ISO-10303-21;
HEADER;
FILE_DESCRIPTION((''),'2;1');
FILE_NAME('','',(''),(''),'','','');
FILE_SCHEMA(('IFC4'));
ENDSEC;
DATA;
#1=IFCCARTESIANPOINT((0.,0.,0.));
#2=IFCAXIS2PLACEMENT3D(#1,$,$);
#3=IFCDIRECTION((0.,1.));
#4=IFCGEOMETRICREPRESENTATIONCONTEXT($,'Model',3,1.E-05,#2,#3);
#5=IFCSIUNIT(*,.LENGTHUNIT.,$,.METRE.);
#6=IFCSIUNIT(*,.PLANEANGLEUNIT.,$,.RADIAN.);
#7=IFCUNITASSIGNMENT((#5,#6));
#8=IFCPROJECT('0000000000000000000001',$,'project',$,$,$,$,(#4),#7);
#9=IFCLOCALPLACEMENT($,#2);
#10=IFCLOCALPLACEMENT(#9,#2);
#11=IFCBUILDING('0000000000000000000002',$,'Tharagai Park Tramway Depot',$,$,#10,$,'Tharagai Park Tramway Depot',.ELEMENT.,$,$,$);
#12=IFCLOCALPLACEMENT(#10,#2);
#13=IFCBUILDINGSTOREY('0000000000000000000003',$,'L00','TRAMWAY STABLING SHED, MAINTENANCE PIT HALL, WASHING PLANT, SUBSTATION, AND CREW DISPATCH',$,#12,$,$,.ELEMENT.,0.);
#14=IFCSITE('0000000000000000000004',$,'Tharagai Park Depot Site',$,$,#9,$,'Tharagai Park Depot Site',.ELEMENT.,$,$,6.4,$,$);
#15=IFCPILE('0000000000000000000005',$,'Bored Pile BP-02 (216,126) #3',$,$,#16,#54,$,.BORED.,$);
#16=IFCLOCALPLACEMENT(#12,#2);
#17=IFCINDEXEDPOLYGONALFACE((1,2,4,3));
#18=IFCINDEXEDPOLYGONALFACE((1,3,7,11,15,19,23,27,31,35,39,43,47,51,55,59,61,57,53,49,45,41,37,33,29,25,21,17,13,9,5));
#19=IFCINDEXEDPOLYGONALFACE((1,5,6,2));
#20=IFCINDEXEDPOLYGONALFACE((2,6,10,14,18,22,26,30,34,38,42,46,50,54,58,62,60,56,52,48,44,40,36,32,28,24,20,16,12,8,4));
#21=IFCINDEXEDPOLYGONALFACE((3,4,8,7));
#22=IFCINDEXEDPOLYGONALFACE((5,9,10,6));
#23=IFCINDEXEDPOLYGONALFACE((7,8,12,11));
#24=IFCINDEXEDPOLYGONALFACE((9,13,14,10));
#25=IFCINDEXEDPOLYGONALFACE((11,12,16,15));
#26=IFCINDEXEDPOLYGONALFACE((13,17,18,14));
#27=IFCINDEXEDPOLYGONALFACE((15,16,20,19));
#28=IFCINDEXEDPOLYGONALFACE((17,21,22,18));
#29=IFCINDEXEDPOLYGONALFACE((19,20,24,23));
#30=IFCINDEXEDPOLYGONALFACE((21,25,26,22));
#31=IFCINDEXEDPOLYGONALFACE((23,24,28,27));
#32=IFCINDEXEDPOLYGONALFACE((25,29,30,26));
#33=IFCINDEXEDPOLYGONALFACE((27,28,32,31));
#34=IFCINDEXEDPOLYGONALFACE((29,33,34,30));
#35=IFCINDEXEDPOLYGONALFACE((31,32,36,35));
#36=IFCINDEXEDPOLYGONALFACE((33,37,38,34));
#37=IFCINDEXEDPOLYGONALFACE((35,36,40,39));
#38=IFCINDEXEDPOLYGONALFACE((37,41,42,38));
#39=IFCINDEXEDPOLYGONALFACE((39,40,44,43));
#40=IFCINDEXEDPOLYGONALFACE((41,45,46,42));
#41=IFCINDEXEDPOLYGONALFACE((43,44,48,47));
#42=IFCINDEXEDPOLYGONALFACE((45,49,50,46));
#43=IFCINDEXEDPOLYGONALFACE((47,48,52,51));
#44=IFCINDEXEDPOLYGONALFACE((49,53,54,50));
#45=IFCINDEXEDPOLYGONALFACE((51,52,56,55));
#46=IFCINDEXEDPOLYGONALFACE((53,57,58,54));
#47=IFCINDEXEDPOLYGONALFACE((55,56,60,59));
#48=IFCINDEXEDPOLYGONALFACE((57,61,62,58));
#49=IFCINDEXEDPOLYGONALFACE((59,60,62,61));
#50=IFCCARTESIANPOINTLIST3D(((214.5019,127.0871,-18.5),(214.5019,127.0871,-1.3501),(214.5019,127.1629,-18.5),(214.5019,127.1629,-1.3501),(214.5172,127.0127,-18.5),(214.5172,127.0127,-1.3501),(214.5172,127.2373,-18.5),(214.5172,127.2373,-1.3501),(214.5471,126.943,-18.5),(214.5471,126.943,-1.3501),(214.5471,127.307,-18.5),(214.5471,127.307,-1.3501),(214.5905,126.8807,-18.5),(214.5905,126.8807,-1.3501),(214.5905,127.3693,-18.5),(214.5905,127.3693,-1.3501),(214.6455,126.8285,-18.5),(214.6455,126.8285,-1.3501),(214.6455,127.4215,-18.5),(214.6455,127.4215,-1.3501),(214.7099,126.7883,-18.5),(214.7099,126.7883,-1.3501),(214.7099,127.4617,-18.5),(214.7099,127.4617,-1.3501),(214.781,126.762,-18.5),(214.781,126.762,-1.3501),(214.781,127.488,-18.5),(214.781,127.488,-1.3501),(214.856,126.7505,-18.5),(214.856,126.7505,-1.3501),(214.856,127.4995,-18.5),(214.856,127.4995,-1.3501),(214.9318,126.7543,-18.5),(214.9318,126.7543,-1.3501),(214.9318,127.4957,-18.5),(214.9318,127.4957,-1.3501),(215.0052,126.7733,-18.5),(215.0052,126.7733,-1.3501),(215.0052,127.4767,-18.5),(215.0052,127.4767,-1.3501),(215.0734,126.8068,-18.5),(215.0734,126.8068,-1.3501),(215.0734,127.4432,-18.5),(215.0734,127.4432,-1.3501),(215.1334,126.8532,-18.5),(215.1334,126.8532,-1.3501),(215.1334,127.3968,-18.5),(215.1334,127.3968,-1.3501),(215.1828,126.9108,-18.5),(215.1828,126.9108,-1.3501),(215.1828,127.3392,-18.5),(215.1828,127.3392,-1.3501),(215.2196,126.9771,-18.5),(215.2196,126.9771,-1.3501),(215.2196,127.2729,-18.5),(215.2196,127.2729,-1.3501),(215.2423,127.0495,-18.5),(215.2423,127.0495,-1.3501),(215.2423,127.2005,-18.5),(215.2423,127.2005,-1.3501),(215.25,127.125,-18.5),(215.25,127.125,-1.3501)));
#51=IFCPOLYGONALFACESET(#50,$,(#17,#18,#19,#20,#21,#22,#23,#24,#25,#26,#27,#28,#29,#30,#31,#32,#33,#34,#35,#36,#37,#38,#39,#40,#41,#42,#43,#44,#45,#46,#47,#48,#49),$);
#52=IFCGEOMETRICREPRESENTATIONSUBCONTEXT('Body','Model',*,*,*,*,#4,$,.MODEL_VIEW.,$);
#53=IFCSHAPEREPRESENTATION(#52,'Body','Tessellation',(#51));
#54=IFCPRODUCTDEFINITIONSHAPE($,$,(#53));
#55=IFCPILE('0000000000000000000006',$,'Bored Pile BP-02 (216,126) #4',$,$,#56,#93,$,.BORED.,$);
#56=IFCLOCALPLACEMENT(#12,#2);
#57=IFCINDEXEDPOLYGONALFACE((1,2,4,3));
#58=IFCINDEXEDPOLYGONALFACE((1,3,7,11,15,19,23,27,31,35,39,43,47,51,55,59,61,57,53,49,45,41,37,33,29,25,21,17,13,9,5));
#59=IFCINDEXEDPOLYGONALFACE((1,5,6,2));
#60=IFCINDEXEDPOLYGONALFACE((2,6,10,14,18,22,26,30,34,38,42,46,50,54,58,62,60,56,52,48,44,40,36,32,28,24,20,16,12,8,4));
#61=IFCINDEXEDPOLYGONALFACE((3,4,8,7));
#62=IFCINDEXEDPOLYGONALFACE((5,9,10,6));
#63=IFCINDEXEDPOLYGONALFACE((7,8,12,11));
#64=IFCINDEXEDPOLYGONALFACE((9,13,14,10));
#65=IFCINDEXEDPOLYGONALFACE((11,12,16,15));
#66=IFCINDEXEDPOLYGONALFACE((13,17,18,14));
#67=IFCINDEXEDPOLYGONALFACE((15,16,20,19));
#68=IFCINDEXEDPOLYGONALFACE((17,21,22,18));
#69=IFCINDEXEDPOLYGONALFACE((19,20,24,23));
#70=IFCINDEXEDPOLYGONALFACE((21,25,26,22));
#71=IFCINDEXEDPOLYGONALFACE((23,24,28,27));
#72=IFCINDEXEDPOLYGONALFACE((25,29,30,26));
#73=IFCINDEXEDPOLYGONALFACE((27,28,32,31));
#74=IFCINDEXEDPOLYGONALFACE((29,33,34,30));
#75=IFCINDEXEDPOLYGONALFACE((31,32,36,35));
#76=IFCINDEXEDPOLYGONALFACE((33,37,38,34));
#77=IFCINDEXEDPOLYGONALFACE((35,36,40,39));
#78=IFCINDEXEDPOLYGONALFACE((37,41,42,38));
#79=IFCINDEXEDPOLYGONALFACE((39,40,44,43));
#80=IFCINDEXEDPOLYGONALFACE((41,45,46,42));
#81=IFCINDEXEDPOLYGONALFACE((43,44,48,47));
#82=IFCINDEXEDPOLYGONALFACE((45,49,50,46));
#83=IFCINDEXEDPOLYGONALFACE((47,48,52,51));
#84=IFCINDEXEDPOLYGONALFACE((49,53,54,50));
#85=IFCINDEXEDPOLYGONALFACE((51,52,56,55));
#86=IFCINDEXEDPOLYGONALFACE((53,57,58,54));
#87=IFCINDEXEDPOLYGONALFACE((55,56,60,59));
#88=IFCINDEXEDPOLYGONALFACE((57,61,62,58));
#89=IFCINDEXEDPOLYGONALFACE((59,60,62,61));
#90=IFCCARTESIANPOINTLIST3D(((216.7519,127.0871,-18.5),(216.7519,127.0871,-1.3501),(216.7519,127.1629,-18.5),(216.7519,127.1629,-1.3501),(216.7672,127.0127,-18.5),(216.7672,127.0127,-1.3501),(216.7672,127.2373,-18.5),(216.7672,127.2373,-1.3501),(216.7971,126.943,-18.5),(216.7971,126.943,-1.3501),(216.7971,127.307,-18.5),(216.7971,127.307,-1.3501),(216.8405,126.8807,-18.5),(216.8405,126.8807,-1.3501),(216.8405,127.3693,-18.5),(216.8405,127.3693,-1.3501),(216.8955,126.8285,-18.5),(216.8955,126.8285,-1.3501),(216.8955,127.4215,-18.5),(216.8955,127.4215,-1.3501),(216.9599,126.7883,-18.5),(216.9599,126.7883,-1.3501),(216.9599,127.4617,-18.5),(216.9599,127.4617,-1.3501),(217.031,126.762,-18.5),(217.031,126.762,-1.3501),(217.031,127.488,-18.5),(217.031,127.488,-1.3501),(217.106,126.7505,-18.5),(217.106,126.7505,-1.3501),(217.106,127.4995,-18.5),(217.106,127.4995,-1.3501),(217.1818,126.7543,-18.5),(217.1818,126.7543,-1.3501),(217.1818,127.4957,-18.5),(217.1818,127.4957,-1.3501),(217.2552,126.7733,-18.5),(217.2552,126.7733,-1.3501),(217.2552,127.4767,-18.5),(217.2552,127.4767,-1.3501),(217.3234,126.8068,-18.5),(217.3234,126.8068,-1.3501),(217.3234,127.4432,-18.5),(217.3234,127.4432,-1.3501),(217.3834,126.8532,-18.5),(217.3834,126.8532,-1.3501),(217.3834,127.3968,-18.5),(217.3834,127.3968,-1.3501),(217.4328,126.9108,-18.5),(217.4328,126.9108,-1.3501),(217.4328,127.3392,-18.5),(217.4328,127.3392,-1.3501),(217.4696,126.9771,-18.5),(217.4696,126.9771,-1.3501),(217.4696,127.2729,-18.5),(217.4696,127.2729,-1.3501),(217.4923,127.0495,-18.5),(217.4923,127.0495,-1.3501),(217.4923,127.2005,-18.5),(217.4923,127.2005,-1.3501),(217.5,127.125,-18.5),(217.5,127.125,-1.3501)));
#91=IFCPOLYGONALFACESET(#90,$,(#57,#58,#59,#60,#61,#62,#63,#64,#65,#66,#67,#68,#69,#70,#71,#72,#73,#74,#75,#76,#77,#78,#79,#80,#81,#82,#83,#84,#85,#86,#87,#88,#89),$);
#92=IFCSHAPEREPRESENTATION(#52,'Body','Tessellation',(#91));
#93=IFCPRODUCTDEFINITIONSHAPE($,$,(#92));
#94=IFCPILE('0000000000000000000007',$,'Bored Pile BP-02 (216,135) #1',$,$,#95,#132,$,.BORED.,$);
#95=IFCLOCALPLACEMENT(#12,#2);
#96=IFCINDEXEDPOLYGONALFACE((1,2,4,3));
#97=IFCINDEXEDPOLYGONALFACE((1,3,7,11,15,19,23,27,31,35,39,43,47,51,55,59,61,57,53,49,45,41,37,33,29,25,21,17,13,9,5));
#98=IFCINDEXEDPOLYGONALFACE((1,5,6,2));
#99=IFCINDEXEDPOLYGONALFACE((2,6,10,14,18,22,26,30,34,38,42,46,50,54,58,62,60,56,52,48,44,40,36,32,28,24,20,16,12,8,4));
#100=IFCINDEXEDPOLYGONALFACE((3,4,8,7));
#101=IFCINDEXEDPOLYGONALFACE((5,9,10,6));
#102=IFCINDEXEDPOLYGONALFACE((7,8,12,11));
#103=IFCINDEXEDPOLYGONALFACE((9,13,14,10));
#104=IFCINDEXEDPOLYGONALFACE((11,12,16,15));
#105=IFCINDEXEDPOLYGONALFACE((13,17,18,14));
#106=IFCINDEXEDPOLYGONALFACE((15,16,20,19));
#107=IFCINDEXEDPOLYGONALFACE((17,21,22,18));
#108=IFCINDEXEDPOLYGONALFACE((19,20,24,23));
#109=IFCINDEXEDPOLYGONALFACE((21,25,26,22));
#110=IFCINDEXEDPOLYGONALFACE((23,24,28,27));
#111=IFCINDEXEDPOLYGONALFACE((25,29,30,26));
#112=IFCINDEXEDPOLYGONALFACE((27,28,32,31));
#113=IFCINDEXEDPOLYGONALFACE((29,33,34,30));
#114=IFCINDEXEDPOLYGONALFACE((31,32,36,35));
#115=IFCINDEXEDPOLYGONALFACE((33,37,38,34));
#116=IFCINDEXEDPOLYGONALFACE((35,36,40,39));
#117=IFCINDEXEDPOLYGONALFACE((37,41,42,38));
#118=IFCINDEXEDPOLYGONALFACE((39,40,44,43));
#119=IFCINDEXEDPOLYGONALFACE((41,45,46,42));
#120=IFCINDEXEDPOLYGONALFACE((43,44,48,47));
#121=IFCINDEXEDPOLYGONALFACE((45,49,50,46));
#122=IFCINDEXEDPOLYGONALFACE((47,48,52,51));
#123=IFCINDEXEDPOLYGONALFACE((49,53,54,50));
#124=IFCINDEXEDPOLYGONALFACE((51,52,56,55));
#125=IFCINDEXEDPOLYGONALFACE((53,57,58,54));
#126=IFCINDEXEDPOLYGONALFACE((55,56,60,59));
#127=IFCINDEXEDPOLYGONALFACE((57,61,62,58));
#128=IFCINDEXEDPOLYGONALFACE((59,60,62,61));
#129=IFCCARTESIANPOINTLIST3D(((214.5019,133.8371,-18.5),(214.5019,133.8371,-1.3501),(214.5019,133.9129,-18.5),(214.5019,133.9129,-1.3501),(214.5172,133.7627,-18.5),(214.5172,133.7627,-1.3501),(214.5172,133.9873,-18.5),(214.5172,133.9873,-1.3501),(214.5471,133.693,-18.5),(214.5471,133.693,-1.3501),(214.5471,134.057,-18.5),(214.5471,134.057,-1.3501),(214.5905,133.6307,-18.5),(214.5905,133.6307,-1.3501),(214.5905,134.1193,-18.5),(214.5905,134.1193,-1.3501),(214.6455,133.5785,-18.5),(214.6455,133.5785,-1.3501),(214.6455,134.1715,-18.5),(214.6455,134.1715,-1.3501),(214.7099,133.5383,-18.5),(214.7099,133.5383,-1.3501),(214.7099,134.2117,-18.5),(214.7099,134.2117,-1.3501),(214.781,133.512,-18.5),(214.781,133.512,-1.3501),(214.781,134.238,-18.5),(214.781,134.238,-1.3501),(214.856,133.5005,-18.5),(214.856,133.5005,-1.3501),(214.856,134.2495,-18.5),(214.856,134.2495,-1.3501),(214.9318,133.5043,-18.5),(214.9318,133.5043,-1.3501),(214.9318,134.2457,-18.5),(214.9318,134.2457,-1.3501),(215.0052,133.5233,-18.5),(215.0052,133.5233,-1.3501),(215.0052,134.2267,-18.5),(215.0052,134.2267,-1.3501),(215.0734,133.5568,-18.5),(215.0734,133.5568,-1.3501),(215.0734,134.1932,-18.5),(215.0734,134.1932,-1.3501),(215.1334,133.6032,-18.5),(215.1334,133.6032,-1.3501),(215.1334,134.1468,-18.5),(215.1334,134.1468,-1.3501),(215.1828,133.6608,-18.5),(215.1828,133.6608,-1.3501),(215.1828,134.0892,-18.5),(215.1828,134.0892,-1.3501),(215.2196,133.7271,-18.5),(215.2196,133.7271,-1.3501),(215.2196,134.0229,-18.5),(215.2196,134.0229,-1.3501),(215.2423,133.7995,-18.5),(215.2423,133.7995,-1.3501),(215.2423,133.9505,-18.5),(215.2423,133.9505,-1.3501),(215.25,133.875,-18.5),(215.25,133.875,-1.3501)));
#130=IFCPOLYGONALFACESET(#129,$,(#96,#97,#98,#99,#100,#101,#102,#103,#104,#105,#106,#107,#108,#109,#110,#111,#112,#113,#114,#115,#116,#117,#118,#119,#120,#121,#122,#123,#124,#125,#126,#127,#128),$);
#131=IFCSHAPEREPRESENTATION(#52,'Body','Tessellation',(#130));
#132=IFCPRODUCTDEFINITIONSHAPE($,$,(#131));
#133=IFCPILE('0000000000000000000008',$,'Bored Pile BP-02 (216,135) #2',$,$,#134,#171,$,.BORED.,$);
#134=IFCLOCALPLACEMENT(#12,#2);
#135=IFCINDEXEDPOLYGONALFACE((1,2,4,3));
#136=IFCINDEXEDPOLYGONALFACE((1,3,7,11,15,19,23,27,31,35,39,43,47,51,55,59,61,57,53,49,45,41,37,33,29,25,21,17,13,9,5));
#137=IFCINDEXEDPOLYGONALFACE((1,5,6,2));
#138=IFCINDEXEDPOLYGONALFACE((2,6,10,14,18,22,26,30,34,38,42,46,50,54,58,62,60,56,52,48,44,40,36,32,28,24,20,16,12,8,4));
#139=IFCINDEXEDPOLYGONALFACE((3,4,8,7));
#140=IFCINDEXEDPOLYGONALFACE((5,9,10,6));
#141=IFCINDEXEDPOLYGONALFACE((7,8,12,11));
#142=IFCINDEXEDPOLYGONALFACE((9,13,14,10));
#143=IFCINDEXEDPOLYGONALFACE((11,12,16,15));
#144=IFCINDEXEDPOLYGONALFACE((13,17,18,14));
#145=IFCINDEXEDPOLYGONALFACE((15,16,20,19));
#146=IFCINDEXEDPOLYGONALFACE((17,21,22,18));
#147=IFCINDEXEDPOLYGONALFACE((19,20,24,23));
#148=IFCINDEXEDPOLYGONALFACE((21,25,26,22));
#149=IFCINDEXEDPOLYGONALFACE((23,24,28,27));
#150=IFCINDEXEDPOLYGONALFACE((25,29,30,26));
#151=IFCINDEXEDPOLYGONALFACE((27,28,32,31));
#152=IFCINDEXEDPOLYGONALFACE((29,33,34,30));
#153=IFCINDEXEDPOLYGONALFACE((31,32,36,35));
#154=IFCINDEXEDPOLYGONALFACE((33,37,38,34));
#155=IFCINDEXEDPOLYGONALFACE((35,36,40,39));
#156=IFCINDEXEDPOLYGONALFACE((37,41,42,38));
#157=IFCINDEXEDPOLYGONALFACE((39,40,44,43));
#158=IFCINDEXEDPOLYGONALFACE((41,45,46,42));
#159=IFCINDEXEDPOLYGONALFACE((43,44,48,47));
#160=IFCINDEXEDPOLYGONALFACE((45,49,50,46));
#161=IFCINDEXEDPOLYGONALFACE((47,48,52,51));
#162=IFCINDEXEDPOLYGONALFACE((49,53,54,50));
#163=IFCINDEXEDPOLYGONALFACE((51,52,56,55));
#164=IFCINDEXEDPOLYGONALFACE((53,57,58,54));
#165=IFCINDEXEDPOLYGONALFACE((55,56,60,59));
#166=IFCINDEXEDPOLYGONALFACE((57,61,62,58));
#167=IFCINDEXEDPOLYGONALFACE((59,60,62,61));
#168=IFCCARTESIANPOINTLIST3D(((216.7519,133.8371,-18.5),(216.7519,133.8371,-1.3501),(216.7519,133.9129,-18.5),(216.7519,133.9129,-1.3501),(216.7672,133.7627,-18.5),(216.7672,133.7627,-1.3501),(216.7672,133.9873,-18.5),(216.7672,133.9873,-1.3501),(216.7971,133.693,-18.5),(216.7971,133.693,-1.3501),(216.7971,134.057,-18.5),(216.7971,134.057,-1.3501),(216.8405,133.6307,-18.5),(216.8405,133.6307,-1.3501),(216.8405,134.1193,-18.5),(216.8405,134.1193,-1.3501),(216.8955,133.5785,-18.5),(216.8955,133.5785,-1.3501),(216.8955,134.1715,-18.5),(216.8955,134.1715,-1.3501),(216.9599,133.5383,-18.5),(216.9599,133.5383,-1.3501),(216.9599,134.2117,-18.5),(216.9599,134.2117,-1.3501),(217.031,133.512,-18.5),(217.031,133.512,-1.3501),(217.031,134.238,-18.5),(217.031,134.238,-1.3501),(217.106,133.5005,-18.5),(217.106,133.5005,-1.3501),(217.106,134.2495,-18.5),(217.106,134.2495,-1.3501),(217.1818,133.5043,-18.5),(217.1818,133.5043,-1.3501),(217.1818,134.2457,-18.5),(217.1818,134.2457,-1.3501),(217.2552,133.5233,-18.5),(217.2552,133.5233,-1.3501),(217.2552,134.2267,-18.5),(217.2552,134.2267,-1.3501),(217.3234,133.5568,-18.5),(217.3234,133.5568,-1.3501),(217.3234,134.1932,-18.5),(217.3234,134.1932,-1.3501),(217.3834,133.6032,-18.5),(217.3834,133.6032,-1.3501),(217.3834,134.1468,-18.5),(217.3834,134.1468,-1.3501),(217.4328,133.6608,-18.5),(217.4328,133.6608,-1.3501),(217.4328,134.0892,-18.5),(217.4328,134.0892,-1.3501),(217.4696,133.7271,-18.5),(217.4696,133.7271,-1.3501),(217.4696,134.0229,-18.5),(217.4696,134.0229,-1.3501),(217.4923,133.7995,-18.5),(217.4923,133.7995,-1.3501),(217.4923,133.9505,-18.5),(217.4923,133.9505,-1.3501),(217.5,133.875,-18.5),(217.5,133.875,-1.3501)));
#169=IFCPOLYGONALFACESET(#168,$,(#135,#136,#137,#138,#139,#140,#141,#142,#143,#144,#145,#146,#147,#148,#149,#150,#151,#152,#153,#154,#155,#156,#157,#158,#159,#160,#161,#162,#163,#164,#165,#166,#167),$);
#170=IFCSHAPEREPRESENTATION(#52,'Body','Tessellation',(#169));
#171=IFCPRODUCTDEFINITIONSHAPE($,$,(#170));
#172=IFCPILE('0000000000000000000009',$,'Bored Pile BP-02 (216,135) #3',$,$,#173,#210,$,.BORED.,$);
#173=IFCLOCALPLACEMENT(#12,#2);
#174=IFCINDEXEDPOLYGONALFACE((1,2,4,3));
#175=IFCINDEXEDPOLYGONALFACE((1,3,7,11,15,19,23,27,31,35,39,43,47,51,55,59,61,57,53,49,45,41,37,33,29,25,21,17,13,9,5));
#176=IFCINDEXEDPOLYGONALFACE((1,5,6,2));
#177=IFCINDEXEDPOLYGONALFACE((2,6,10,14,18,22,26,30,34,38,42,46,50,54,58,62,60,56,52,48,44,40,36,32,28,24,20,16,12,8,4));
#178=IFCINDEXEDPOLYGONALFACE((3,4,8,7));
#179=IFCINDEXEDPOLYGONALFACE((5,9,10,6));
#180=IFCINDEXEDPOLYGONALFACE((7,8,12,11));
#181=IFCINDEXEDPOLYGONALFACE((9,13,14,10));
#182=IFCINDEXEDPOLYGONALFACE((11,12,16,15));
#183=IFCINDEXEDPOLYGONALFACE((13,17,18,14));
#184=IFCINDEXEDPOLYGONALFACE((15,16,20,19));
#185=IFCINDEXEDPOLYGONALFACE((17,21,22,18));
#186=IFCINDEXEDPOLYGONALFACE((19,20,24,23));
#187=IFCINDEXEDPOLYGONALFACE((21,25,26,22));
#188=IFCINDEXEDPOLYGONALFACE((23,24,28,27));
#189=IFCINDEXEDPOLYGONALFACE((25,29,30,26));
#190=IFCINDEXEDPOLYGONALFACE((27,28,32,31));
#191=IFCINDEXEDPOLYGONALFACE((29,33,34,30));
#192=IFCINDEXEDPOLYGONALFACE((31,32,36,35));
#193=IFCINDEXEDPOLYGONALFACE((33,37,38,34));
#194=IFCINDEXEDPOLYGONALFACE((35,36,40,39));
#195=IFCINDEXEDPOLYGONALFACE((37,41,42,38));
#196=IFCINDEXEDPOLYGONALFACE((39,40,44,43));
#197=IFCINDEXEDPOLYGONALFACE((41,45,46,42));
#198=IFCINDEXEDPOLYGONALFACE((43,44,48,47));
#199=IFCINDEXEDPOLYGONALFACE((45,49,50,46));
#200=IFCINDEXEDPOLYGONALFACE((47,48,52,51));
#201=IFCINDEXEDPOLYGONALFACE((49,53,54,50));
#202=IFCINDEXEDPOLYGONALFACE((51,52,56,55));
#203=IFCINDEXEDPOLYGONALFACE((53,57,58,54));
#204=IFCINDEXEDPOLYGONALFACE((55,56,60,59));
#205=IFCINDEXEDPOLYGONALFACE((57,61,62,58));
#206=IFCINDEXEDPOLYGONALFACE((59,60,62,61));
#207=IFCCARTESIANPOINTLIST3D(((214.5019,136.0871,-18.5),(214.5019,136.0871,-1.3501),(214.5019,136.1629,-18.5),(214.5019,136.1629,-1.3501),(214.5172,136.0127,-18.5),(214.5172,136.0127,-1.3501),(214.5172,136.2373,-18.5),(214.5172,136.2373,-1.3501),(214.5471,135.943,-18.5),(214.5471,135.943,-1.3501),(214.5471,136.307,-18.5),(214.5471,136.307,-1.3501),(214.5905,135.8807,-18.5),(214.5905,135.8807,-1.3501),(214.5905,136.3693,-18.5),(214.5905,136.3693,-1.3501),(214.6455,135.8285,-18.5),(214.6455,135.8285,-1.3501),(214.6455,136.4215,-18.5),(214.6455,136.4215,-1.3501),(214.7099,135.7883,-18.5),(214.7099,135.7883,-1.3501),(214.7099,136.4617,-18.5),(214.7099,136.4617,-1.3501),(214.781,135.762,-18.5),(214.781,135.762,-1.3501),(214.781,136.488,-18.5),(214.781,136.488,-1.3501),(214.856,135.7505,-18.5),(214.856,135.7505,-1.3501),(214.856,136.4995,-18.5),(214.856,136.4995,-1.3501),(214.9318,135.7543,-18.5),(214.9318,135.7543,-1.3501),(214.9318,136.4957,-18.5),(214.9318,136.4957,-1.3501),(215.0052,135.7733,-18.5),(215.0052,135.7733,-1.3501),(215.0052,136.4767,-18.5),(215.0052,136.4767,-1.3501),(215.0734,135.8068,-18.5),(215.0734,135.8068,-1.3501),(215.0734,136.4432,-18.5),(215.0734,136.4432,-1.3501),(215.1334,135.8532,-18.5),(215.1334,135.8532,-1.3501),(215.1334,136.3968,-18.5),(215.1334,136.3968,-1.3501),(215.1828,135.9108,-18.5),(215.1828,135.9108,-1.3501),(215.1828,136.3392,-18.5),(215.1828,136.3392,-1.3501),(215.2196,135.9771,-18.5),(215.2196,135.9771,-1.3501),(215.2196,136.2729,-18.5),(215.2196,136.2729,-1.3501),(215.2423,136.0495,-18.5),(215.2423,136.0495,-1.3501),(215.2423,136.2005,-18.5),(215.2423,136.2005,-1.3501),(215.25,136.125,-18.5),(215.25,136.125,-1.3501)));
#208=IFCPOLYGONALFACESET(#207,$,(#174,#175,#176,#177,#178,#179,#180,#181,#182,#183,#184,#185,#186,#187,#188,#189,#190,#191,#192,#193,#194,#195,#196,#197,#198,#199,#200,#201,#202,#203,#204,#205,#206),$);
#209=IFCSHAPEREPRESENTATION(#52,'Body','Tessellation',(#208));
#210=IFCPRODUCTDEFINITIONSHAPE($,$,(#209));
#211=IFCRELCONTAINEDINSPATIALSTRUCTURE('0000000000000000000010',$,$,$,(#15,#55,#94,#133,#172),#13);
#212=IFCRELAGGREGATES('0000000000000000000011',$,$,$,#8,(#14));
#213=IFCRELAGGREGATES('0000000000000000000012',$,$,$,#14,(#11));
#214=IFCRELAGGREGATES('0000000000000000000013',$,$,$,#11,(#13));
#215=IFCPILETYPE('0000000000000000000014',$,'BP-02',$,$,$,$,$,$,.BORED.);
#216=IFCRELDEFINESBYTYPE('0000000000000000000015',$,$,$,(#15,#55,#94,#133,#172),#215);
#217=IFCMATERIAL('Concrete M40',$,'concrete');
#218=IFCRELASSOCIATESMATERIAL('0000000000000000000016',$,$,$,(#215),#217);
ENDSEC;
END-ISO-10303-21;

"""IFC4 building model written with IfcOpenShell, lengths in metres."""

from ifc_helpers import new_model, si_unit, direction, frame, origin, origin_2d, place, context, subcontext, project, spatial, circle, extrude, material, material_profile, profile_set, type_object, element, save


model = new_model("IFC4")

# Units and contexts
model_context = context("Model", 3, precision=1e-05, world=origin(), true_north=direction((0.0, 1.0)))
body_context = subcontext(model_context, "Body", "Model", "MODEL_VIEW")
ifc_project = project(units=[si_unit("LENGTHUNIT", "METRE"), si_unit("PLANEANGLEUNIT", "RADIAN")], contexts=[model_context])

# Site, building, storey
site_placement = place(None, origin())
site = spatial("IfcSite", under=ifc_project, at=site_placement, Name="Tharagai Park Depot Site", LongName="Tharagai Park Depot Site", CompositionType="ELEMENT", RefElevation=6.4)
building_placement = place(site_placement, origin())
building = spatial("IfcBuilding", under=site, at=building_placement, Name="Tharagai Park Tramway Depot", LongName="Tharagai Park Tramway Depot", CompositionType="ELEMENT")
storey_placement = place(building_placement, origin())
storey = spatial("IfcBuildingStorey", under=building, at=storey_placement, Name="L00", Description="TRAMWAY STABLING SHED, MAINTENANCE PIT HALL, WASHING PLANT, SUBSTATION, AND CREW DISPATCH", CompositionType="ELEMENT", Elevation=0.0)

# Piles
ifc_material_1 = material(Name="Concrete M40", Category="concrete")
ifc_material_profile_1 = material_profile(ifc_material_1, circle(Radius=0.375, at=origin_2d()), Name="PILE D750")
ifc_profile_set_1 = profile_set([ifc_material_profile_1], Name="Concrete M40")
pile_type = type_object("IfcPileType", Name="BP-02", PredefinedType="BORED", material=ifc_profile_set_1)
for number, where, z_axis, x_axis, name in (
    (1, (214.875, 127.125, -1.3501), (0.0, 0.0, -1.0), (1.0, 0.0, 0.0), "Bored Pile BP-02 (216,126) #3"),
    (2, (217.125, 127.125, -1.3501), (0.0, 0.0, -1.0), (1.0, 0.0, 0.0), "Bored Pile BP-02 (216,126) #4"),
    (3, (214.875, 133.875, -1.3501), (0.0, 0.0, -1.0), (1.0, 0.0, 0.0), "Bored Pile BP-02 (216,135) #1"),
    (4, (217.125, 133.875, -1.3501), (0.0, 0.0, -1.0), (1.0, 0.0, 0.0), "Bored Pile BP-02 (216,135) #2"),
    (5, (214.875, 136.125, -1.3501), (0.0, 0.0, -1.0), (1.0, 0.0, 0.0), "Bored Pile BP-02 (216,135) #3"),
):
    element("IfcPile", number, at=place(storey_placement, frame(where, z_axis=z_axis, x_axis=x_axis)), inside=storey, type_object=pile_type, Name=name, PredefinedType="BORED", context=body_context, shape_type="SweptSolid", body=[
        extrude(circle(Radius=0.375, at=origin_2d()), origin(), (0.0, 0.0, 1.0), 17.1499),
    ])

save(model, "model.ifc")
